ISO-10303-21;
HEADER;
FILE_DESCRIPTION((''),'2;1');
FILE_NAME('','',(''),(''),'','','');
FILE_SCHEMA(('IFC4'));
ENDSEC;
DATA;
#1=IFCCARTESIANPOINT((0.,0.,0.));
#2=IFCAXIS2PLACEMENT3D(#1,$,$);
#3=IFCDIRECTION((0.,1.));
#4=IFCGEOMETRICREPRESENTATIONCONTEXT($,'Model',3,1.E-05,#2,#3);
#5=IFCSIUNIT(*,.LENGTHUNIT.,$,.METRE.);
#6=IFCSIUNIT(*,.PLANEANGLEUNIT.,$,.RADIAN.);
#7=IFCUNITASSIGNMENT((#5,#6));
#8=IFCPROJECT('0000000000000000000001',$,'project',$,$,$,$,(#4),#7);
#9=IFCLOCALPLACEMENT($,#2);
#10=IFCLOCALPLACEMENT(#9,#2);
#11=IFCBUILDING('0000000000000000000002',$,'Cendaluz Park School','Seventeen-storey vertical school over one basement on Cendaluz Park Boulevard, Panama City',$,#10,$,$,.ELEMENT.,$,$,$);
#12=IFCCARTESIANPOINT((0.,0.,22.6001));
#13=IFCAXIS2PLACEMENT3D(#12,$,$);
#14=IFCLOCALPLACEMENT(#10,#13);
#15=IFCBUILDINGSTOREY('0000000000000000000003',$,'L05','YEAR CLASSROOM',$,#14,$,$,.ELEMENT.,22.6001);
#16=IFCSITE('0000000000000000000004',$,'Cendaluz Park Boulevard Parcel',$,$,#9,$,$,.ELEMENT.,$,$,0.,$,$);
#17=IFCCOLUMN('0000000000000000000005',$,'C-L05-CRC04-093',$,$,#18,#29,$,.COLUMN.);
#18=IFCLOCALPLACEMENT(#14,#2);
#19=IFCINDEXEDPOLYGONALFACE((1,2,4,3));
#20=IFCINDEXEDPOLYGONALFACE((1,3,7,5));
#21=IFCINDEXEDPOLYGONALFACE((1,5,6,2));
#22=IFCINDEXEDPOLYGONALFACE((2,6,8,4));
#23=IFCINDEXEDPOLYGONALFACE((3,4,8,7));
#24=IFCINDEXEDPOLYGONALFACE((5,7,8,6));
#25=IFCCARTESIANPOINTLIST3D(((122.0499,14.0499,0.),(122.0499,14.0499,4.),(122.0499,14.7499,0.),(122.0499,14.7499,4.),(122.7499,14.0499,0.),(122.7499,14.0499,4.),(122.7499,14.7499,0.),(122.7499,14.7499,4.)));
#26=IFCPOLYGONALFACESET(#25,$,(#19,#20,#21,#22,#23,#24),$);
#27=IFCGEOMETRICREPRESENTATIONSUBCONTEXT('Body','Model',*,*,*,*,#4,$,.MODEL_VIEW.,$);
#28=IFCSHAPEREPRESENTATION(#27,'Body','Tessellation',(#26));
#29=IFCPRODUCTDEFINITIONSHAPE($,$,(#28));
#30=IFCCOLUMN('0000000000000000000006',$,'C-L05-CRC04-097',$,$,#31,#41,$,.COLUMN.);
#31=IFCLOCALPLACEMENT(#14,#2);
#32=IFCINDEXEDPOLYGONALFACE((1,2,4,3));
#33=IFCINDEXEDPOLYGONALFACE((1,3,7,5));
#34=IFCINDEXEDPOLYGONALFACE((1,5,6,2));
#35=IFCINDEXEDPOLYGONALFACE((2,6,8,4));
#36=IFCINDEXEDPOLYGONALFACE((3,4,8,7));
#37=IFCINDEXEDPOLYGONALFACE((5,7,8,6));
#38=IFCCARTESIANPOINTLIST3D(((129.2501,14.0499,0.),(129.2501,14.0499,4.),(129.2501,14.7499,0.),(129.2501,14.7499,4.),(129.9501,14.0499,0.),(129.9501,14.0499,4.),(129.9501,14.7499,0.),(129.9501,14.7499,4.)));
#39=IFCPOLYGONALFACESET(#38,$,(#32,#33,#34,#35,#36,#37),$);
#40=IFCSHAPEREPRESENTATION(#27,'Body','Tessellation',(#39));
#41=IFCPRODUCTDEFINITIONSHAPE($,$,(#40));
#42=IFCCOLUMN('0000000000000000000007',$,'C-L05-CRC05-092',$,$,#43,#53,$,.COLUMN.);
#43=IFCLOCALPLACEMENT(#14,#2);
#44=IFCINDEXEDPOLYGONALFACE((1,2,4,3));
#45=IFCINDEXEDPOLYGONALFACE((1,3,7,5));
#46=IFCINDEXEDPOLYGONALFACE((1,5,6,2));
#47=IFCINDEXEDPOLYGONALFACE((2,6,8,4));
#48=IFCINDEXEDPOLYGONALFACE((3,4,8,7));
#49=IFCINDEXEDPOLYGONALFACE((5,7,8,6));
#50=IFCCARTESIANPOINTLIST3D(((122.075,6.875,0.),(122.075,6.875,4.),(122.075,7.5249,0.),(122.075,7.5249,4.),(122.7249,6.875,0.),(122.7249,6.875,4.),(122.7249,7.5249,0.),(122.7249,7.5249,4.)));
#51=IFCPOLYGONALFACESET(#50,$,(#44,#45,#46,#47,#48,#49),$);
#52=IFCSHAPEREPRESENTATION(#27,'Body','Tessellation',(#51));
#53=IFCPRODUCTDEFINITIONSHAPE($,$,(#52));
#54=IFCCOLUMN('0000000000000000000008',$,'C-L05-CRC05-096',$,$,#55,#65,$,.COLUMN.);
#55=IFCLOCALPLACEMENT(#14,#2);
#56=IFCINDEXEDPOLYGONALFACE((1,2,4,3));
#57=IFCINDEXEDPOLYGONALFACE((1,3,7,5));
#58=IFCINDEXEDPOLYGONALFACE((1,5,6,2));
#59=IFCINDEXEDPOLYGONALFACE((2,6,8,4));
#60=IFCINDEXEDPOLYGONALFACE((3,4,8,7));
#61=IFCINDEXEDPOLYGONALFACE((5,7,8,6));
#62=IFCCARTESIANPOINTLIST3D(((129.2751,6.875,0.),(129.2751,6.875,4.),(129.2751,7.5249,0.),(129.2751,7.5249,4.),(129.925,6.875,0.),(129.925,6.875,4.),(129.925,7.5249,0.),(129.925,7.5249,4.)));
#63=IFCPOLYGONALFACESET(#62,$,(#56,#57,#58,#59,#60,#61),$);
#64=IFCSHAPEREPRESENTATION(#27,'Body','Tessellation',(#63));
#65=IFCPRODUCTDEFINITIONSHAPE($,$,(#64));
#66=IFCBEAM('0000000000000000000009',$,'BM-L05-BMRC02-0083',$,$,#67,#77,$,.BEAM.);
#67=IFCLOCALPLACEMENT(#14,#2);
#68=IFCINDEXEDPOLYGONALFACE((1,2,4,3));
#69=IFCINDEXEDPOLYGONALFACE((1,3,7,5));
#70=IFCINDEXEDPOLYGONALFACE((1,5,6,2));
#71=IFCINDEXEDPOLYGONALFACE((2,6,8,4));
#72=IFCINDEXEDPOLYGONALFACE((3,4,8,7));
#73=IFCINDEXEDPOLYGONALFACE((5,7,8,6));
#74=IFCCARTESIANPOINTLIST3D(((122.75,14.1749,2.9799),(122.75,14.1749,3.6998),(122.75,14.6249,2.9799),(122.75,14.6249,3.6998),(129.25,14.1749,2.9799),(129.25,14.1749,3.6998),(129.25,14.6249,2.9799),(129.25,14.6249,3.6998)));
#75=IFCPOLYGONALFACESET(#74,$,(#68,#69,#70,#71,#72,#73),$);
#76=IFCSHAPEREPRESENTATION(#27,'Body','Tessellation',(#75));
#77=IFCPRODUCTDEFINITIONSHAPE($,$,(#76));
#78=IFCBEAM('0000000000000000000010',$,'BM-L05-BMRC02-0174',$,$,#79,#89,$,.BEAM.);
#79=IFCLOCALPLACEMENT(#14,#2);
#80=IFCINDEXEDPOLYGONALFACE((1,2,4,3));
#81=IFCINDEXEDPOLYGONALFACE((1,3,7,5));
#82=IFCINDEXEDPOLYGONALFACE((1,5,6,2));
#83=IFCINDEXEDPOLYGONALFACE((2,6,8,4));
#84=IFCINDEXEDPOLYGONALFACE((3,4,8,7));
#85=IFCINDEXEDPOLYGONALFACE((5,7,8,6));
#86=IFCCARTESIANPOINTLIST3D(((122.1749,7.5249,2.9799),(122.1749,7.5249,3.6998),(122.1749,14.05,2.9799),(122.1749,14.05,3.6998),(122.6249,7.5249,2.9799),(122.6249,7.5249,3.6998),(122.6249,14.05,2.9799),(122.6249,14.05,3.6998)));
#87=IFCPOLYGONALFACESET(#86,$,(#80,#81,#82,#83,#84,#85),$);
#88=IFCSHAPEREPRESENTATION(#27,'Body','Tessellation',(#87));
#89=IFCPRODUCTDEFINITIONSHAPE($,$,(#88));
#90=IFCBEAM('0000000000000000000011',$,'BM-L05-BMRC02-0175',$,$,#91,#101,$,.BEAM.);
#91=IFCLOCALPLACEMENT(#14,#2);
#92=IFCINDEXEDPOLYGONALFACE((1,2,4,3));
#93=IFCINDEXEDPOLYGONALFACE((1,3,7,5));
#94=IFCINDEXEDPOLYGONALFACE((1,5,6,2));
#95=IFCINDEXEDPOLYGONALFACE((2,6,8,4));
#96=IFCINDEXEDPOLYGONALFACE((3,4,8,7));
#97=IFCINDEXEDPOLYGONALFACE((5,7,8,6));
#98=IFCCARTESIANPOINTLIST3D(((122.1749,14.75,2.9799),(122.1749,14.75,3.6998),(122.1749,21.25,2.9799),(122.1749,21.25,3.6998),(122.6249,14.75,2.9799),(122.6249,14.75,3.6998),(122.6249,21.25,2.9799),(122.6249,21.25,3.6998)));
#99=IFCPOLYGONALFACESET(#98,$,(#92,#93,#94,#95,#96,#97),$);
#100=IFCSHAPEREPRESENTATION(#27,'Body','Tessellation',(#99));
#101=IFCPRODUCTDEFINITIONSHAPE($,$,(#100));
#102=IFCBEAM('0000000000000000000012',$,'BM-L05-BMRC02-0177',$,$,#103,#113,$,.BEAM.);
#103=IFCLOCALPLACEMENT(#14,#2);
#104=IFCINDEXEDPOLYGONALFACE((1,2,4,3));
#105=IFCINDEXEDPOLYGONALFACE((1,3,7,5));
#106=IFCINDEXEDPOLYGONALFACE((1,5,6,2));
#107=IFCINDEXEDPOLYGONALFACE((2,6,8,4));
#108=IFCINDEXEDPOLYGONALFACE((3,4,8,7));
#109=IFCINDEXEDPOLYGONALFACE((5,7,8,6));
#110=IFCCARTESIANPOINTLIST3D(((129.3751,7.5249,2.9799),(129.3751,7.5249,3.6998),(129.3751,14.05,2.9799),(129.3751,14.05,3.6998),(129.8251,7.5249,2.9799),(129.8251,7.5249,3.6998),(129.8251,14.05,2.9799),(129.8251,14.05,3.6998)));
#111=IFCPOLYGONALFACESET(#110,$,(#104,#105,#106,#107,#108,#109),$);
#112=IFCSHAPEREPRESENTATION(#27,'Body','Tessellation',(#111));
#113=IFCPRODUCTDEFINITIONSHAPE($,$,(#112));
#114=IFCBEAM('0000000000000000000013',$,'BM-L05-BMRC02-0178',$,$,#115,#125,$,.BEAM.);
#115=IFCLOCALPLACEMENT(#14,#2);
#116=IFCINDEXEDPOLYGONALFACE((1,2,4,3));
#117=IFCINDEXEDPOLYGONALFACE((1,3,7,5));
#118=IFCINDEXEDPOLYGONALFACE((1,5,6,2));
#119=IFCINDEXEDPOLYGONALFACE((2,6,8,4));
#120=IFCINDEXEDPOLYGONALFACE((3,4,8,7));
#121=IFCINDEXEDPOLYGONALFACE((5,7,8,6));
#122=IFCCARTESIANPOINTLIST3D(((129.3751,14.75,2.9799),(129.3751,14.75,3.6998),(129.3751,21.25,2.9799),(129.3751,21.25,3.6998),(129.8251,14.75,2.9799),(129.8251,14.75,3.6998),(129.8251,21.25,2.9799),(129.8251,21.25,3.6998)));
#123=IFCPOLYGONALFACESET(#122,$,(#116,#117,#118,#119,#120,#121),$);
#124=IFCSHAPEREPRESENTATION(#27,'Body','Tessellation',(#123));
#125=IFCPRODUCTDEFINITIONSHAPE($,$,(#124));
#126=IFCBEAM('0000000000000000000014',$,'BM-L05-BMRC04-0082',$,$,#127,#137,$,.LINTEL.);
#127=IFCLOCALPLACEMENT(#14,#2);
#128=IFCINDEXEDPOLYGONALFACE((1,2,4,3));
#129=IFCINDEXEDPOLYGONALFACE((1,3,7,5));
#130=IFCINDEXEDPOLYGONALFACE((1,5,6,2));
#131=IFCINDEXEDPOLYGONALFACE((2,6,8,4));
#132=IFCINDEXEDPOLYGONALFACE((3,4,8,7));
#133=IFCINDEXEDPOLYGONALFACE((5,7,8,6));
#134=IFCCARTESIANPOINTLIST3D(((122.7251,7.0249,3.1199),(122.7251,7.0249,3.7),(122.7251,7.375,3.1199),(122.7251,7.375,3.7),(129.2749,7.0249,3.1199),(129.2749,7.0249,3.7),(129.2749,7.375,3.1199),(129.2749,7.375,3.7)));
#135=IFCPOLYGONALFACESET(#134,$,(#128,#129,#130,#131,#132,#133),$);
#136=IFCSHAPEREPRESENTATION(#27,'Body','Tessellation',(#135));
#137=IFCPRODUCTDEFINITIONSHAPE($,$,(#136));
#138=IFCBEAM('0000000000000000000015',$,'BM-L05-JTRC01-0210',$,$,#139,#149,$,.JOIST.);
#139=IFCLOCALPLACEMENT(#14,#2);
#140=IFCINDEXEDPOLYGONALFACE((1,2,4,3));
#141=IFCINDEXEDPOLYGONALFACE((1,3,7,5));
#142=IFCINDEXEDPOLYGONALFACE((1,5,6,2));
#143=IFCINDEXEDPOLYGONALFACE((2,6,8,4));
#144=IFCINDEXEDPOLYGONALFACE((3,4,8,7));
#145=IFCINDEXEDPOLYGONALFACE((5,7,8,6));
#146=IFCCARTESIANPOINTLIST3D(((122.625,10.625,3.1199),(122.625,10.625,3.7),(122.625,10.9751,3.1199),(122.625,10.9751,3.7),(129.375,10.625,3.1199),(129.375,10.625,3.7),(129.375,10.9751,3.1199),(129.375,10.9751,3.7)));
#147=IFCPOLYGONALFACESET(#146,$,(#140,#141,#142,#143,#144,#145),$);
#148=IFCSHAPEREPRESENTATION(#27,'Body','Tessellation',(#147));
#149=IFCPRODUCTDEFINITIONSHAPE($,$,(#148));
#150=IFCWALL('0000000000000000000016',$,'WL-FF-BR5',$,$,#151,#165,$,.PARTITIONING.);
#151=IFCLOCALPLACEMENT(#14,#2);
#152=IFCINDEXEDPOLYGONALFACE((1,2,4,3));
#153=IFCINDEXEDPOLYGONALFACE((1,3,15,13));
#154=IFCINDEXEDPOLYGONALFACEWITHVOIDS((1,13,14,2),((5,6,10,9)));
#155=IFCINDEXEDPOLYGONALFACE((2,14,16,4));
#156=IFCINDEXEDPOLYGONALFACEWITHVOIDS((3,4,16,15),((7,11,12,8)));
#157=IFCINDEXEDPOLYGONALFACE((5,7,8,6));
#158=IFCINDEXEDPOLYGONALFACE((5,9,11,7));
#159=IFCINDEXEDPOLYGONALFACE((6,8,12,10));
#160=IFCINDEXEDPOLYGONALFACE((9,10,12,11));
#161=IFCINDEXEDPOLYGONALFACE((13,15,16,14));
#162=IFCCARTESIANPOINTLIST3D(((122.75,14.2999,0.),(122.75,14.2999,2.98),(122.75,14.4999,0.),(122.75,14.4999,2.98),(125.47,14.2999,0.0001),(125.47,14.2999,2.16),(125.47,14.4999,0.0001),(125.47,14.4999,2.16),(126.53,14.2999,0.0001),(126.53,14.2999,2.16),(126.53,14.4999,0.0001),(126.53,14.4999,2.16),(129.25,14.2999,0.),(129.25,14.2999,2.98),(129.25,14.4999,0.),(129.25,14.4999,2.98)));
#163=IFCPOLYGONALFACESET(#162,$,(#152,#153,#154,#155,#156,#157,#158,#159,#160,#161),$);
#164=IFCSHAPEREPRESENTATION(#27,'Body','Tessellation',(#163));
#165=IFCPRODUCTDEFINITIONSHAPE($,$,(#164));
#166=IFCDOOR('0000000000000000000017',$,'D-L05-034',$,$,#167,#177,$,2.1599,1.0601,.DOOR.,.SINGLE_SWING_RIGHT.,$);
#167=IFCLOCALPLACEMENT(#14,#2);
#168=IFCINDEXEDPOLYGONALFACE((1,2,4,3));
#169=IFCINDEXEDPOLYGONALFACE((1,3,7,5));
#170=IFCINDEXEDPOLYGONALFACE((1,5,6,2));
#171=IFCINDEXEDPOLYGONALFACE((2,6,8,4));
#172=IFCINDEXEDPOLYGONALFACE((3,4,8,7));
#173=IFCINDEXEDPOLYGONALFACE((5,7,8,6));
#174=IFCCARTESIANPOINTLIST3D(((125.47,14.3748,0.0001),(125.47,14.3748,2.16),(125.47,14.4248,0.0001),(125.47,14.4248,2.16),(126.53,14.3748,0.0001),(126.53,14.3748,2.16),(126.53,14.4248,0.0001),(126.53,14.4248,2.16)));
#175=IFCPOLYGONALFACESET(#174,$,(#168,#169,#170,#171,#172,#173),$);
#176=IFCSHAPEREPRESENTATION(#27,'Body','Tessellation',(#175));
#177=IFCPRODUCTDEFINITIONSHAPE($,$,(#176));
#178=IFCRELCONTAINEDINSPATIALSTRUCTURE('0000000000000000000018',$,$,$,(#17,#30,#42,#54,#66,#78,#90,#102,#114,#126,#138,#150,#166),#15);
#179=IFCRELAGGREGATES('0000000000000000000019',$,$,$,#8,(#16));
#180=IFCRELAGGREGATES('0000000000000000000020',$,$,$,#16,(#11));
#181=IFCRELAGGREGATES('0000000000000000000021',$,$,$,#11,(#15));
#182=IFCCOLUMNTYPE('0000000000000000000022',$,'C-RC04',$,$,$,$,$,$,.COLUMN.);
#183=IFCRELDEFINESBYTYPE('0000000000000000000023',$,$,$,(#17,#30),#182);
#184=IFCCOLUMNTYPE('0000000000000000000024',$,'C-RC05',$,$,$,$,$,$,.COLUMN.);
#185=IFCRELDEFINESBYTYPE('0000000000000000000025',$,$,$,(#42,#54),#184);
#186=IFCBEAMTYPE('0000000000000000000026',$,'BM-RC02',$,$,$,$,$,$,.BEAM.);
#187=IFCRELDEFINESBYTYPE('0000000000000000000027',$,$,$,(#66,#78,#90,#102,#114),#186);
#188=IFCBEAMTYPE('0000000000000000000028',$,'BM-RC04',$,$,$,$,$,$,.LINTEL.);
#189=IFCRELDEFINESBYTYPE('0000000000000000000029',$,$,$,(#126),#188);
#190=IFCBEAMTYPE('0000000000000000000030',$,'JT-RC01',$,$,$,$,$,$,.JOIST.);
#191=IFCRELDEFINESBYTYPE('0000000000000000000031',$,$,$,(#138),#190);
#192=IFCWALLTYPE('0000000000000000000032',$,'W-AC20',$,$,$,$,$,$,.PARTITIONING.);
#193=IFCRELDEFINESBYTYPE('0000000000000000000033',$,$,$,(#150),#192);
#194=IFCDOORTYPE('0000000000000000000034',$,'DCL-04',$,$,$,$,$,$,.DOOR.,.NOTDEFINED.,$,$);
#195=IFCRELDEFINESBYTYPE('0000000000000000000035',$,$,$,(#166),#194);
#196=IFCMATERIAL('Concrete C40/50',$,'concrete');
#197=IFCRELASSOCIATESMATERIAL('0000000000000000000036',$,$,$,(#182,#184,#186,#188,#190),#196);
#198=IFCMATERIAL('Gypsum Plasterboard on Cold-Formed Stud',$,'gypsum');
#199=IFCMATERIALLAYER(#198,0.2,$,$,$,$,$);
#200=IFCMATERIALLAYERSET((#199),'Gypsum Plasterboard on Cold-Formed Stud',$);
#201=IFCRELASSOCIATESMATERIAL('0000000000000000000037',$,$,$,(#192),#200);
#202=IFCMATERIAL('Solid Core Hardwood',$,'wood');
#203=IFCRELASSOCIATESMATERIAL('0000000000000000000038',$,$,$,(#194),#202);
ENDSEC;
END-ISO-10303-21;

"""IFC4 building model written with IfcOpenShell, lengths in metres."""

from ifc_helpers import new_model, si_unit, direction, frame, frame_2d, origin, origin_2d, place, context, subcontext, project, spatial, rectangle, extrude, material, layer, layer_set, material_profile, profile_set, type_object, element, fill, save


model = new_model("IFC4")

# Units and contexts
model_context = context("Model", 3, precision=1e-05, world=origin(), true_north=direction((0.0, 1.0)))
body_context = subcontext(model_context, "Body", "Model", "MODEL_VIEW")
ifc_project = project(units=[si_unit("LENGTHUNIT", "METRE"), si_unit("PLANEANGLEUNIT", "RADIAN")], contexts=[model_context])

# Site, building, storey
site_placement = place(None, origin())
site = spatial("IfcSite", under=ifc_project, at=site_placement, Name="Cendaluz Park Boulevard Parcel", CompositionType="ELEMENT", RefElevation=0.0)
building_placement = place(site_placement, origin())
building = spatial("IfcBuilding", under=site, at=building_placement, Name="Cendaluz Park School", Description="Seventeen-storey vertical school over one basement on Cendaluz Park Boulevard, Panama City", CompositionType="ELEMENT")
storey_placement = place(building_placement, frame((0.0, 0.0, 22.6001)))
storey = spatial("IfcBuildingStorey", under=building, at=storey_placement, Name="L05", Description="YEAR CLASSROOM", CompositionType="ELEMENT", Elevation=22.6001)

# Columns
ifc_material_1 = material(Name="Concrete C40/50", Category="concrete")
ifc_material_profile_1 = material_profile(ifc_material_1, rectangle(XDim=0.7, YDim=0.7, at=origin_2d()), Name="RC 700x700", Category="concrete")
ifc_profile_set_1 = profile_set([ifc_material_profile_1], Name="Concrete C40/50")
column_type_1 = type_object("IfcColumnType", Name="C-RC04", PredefinedType="COLUMN", material=ifc_profile_set_1)
for number, where, z_axis, x_axis, name in (
    (1, (122.3999, 14.3999, 0.0), (0.0, 0.0, 1.0), (1.0, 0.0, 0.0), "C-L05-CRC04-093"),
    (2, (129.6001, 14.3999, 0.0), (0.0, 0.0, 1.0), (1.0, 0.0, 0.0), "C-L05-CRC04-097"),
):
    element("IfcColumn", number, at=place(storey_placement, frame(where, z_axis=z_axis, x_axis=x_axis)), inside=storey, type_object=column_type_1, Name=name, PredefinedType="COLUMN", context=body_context, shape_type="SweptSolid", body=[
        extrude(rectangle(XDim=0.7, YDim=0.7, at=origin_2d()), origin(), (0.0, 0.0, 1.0), 4.0),
    ])
ifc_material_profile_2 = material_profile(ifc_material_1, rectangle(XDim=0.6499, YDim=0.6499, at=origin_2d()), Name="RC 650x650", Category="concrete")
ifc_profile_set_2 = profile_set([ifc_material_profile_2], Name="Concrete C40/50")
column_type_2 = type_object("IfcColumnType", Name="C-RC05", PredefinedType="COLUMN", material=ifc_profile_set_2)
for number, where, z_axis, x_axis, name in (
    (3, (122.3999, 7.2, 0.0), (0.0, 0.0, 1.0), (1.0, 0.0, 0.0), "C-L05-CRC05-092"),
    (4, (129.6001, 7.2, 0.0), (0.0, 0.0, 1.0), (1.0, 0.0, 0.0), "C-L05-CRC05-096"),
):
    element("IfcColumn", number, at=place(storey_placement, frame(where, z_axis=z_axis, x_axis=x_axis)), inside=storey, type_object=column_type_2, Name=name, PredefinedType="COLUMN", context=body_context, shape_type="SweptSolid", body=[
        extrude(rectangle(XDim=0.6499, YDim=0.6499, at=origin_2d()), origin(), (0.0, 0.0, 1.0), 4.0),
    ])

# Beams
ifc_material_profile_3 = material_profile(ifc_material_1, rectangle(XDim=0.45, YDim=0.72, at=origin_2d()), Name="RC 450x720", Category="concrete")
ifc_profile_set_3 = profile_set([ifc_material_profile_3], Name="Concrete C40/50")
beam_type_1 = type_object("IfcBeamType", Name="BM-RC02", PredefinedType="BEAM", material=ifc_profile_set_3)
beam_1_placement = place(storey_placement, frame((122.75, 14.3999, 3.3398), z_axis=(1.0, 0.0, 0.0), x_axis=(0.0, 1.0, 0.0)))
element("IfcBeam", 5, at=beam_1_placement, inside=storey, type_object=beam_type_1, Name="BM-L05-BMRC02-0083", PredefinedType="BEAM", context=body_context, shape_type="SweptSolid", body=[
    extrude(rectangle(XDim=0.45, YDim=0.72, at=origin_2d()), origin(), (0.0, 0.0, 1.0), 6.5),
])
beam_2_placement = place(storey_placement, frame((122.3999, 7.5249, 3.3398), z_axis=(0.0, 1.0, 0.0), x_axis=(-1.0, 0.0, 0.0)))
element("IfcBeam", 6, at=beam_2_placement, inside=storey, type_object=beam_type_1, Name="BM-L05-BMRC02-0174", PredefinedType="BEAM", context=body_context, shape_type="SweptSolid", body=[
    extrude(rectangle(XDim=0.45, YDim=0.72, at=origin_2d()), origin(), (0.0, 0.0, 1.0), 6.5251),
])
beam_3_placement = place(storey_placement, frame((122.3999, 14.75, 3.3398), z_axis=(0.0, 1.0, 0.0), x_axis=(-1.0, 0.0, 0.0)))
element("IfcBeam", 7, at=beam_3_placement, inside=storey, type_object=beam_type_1, Name="BM-L05-BMRC02-0175", PredefinedType="BEAM", context=body_context, shape_type="SweptSolid", body=[
    extrude(rectangle(XDim=0.45, YDim=0.72, at=origin_2d()), origin(), (0.0, 0.0, 1.0), 6.5),
])
beam_4_placement = place(storey_placement, frame((129.6001, 7.5249, 3.3398), z_axis=(0.0, 1.0, 0.0), x_axis=(-1.0, 0.0, 0.0)))
element("IfcBeam", 8, at=beam_4_placement, inside=storey, type_object=beam_type_1, Name="BM-L05-BMRC02-0177", PredefinedType="BEAM", context=body_context, shape_type="SweptSolid", body=[
    extrude(rectangle(XDim=0.45, YDim=0.72, at=origin_2d()), origin(), (0.0, 0.0, 1.0), 6.5251),
])
beam_5_placement = place(storey_placement, frame((129.6001, 14.75, 3.3398), z_axis=(0.0, 1.0, 0.0), x_axis=(-1.0, 0.0, 0.0)))
element("IfcBeam", 9, at=beam_5_placement, inside=storey, type_object=beam_type_1, Name="BM-L05-BMRC02-0178", PredefinedType="BEAM", context=body_context, shape_type="SweptSolid", body=[
    extrude(rectangle(XDim=0.45, YDim=0.72, at=origin_2d()), origin(), (0.0, 0.0, 1.0), 6.5),
])
ifc_material_profile_4 = material_profile(ifc_material_1, rectangle(XDim=0.3501, YDim=0.5801, at=origin_2d()), Name="RC 350x580", Category="concrete")
ifc_profile_set_4 = profile_set([ifc_material_profile_4], Name="Concrete C40/50")
beam_type_2 = type_object("IfcBeamType", Name="BM-RC04", PredefinedType="LINTEL", material=ifc_profile_set_4)
beam_6_placement = place(storey_placement, frame((122.7251, 7.2, 3.4099), z_axis=(1.0, 0.0, 0.0), x_axis=(0.0, 1.0, 0.0)))
element("IfcBeam", 10, at=beam_6_placement, inside=storey, type_object=beam_type_2, Name="BM-L05-BMRC04-0082", PredefinedType="LINTEL", context=body_context, shape_type="SweptSolid", body=[
    extrude(rectangle(XDim=0.3501, YDim=0.5801, at=origin_2d()), origin(), (0.0, 0.0, 1.0), 6.5498),
])
ifc_material_profile_5 = material_profile(ifc_material_1, rectangle(XDim=0.3501, YDim=0.5801, at=origin_2d()), Name="RC 350x580", Category="concrete")
ifc_profile_set_5 = profile_set([ifc_material_profile_5], Name="Concrete C40/50")
beam_type_3 = type_object("IfcBeamType", Name="JT-RC01", PredefinedType="JOIST", material=ifc_profile_set_5)
beam_7_placement = place(storey_placement, frame((122.625, 10.8, 3.4099), z_axis=(1.0, 0.0, 0.0), x_axis=(0.0, 1.0, 0.0)))
element("IfcBeam", 11, at=beam_7_placement, inside=storey, type_object=beam_type_3, Name="BM-L05-JTRC01-0210", PredefinedType="JOIST", context=body_context, shape_type="SweptSolid", body=[
    extrude(rectangle(XDim=0.3501, YDim=0.5801, at=origin_2d()), origin(), (0.0, 0.0, 1.0), 6.75),
])

# Wall, opening, door
ifc_material_2 = material(Name="Gypsum Plasterboard on Cold-Formed Stud", Category="gypsum")
ifc_layer_1 = layer(ifc_material_2, 0.2)
ifc_layer_set_1 = layer_set([ifc_layer_1], Name="Gypsum Plasterboard on Cold-Formed Stud")
wall_type_1 = type_object("IfcWallType", Name="W-AC20", PredefinedType="PARTITIONING", material=ifc_layer_set_1)
wall_1_placement = place(storey_placement, frame((122.75, 14.3999, 0.0), z_axis=(0.0, 0.0, 1.0), x_axis=(1.0, 0.0, 0.0)))
wall_1 = element("IfcWall", 12, at=wall_1_placement, inside=storey, type_object=wall_type_1, Name="WL-FF-BR5", PredefinedType="PARTITIONING", context=body_context, shape_type="SweptSolid", body=[
    extrude(rectangle(XDim=6.5, YDim=0.2, at=frame_2d((3.25, 0.0))), origin(), (0.0, 0.0, 1.0), 2.98),
])
opening_1_placement = place(wall_1_placement, frame((2.72, 0.0, 0.0)))
opening_1 = element("IfcOpeningElement", 13, at=opening_1_placement, cuts=wall_1, PredefinedType="OPENING", context=body_context, shape_type="SweptSolid", body=[
    extrude(rectangle(XDim=1.0601, YDim=2.1599, at=frame_2d((0.53, 1.0801))), frame((0.0, 0.1121, 0.0), z_axis=(0.0, -1.0, 0.0), x_axis=(1.0, 0.0, 0.0)), (0.0, 0.0, 1.0), 0.2239),
])
ifc_material_3 = material(Name="Solid Core Hardwood", Category="wood")
door_type_1 = type_object("IfcDoorType", Name="DCL-04", OperationType="NOTDEFINED", PredefinedType="DOOR", material=ifc_material_3)
door_1_placement = place(opening_1_placement, origin())
door_1 = element("IfcDoor", 14, at=door_1_placement, inside=storey, type_object=door_type_1, Name="D-L05-034", OperationType="SINGLE_SWING_RIGHT", OverallHeight=2.1599, OverallWidth=1.0601, PredefinedType="DOOR", context=body_context, shape_type="SweptSolid", body=[
    extrude(rectangle(XDim=1.0601, YDim=2.1599, at=frame_2d((0.53, 1.0801))), frame((0.0, 0.0249, 0.0), z_axis=(0.0, -1.0, 0.0), x_axis=(1.0, 0.0, 0.0)), (0.0, 0.0, 1.0), 0.05),
])
fill(opening_1, door_1)

save(model, "model.ifc")
